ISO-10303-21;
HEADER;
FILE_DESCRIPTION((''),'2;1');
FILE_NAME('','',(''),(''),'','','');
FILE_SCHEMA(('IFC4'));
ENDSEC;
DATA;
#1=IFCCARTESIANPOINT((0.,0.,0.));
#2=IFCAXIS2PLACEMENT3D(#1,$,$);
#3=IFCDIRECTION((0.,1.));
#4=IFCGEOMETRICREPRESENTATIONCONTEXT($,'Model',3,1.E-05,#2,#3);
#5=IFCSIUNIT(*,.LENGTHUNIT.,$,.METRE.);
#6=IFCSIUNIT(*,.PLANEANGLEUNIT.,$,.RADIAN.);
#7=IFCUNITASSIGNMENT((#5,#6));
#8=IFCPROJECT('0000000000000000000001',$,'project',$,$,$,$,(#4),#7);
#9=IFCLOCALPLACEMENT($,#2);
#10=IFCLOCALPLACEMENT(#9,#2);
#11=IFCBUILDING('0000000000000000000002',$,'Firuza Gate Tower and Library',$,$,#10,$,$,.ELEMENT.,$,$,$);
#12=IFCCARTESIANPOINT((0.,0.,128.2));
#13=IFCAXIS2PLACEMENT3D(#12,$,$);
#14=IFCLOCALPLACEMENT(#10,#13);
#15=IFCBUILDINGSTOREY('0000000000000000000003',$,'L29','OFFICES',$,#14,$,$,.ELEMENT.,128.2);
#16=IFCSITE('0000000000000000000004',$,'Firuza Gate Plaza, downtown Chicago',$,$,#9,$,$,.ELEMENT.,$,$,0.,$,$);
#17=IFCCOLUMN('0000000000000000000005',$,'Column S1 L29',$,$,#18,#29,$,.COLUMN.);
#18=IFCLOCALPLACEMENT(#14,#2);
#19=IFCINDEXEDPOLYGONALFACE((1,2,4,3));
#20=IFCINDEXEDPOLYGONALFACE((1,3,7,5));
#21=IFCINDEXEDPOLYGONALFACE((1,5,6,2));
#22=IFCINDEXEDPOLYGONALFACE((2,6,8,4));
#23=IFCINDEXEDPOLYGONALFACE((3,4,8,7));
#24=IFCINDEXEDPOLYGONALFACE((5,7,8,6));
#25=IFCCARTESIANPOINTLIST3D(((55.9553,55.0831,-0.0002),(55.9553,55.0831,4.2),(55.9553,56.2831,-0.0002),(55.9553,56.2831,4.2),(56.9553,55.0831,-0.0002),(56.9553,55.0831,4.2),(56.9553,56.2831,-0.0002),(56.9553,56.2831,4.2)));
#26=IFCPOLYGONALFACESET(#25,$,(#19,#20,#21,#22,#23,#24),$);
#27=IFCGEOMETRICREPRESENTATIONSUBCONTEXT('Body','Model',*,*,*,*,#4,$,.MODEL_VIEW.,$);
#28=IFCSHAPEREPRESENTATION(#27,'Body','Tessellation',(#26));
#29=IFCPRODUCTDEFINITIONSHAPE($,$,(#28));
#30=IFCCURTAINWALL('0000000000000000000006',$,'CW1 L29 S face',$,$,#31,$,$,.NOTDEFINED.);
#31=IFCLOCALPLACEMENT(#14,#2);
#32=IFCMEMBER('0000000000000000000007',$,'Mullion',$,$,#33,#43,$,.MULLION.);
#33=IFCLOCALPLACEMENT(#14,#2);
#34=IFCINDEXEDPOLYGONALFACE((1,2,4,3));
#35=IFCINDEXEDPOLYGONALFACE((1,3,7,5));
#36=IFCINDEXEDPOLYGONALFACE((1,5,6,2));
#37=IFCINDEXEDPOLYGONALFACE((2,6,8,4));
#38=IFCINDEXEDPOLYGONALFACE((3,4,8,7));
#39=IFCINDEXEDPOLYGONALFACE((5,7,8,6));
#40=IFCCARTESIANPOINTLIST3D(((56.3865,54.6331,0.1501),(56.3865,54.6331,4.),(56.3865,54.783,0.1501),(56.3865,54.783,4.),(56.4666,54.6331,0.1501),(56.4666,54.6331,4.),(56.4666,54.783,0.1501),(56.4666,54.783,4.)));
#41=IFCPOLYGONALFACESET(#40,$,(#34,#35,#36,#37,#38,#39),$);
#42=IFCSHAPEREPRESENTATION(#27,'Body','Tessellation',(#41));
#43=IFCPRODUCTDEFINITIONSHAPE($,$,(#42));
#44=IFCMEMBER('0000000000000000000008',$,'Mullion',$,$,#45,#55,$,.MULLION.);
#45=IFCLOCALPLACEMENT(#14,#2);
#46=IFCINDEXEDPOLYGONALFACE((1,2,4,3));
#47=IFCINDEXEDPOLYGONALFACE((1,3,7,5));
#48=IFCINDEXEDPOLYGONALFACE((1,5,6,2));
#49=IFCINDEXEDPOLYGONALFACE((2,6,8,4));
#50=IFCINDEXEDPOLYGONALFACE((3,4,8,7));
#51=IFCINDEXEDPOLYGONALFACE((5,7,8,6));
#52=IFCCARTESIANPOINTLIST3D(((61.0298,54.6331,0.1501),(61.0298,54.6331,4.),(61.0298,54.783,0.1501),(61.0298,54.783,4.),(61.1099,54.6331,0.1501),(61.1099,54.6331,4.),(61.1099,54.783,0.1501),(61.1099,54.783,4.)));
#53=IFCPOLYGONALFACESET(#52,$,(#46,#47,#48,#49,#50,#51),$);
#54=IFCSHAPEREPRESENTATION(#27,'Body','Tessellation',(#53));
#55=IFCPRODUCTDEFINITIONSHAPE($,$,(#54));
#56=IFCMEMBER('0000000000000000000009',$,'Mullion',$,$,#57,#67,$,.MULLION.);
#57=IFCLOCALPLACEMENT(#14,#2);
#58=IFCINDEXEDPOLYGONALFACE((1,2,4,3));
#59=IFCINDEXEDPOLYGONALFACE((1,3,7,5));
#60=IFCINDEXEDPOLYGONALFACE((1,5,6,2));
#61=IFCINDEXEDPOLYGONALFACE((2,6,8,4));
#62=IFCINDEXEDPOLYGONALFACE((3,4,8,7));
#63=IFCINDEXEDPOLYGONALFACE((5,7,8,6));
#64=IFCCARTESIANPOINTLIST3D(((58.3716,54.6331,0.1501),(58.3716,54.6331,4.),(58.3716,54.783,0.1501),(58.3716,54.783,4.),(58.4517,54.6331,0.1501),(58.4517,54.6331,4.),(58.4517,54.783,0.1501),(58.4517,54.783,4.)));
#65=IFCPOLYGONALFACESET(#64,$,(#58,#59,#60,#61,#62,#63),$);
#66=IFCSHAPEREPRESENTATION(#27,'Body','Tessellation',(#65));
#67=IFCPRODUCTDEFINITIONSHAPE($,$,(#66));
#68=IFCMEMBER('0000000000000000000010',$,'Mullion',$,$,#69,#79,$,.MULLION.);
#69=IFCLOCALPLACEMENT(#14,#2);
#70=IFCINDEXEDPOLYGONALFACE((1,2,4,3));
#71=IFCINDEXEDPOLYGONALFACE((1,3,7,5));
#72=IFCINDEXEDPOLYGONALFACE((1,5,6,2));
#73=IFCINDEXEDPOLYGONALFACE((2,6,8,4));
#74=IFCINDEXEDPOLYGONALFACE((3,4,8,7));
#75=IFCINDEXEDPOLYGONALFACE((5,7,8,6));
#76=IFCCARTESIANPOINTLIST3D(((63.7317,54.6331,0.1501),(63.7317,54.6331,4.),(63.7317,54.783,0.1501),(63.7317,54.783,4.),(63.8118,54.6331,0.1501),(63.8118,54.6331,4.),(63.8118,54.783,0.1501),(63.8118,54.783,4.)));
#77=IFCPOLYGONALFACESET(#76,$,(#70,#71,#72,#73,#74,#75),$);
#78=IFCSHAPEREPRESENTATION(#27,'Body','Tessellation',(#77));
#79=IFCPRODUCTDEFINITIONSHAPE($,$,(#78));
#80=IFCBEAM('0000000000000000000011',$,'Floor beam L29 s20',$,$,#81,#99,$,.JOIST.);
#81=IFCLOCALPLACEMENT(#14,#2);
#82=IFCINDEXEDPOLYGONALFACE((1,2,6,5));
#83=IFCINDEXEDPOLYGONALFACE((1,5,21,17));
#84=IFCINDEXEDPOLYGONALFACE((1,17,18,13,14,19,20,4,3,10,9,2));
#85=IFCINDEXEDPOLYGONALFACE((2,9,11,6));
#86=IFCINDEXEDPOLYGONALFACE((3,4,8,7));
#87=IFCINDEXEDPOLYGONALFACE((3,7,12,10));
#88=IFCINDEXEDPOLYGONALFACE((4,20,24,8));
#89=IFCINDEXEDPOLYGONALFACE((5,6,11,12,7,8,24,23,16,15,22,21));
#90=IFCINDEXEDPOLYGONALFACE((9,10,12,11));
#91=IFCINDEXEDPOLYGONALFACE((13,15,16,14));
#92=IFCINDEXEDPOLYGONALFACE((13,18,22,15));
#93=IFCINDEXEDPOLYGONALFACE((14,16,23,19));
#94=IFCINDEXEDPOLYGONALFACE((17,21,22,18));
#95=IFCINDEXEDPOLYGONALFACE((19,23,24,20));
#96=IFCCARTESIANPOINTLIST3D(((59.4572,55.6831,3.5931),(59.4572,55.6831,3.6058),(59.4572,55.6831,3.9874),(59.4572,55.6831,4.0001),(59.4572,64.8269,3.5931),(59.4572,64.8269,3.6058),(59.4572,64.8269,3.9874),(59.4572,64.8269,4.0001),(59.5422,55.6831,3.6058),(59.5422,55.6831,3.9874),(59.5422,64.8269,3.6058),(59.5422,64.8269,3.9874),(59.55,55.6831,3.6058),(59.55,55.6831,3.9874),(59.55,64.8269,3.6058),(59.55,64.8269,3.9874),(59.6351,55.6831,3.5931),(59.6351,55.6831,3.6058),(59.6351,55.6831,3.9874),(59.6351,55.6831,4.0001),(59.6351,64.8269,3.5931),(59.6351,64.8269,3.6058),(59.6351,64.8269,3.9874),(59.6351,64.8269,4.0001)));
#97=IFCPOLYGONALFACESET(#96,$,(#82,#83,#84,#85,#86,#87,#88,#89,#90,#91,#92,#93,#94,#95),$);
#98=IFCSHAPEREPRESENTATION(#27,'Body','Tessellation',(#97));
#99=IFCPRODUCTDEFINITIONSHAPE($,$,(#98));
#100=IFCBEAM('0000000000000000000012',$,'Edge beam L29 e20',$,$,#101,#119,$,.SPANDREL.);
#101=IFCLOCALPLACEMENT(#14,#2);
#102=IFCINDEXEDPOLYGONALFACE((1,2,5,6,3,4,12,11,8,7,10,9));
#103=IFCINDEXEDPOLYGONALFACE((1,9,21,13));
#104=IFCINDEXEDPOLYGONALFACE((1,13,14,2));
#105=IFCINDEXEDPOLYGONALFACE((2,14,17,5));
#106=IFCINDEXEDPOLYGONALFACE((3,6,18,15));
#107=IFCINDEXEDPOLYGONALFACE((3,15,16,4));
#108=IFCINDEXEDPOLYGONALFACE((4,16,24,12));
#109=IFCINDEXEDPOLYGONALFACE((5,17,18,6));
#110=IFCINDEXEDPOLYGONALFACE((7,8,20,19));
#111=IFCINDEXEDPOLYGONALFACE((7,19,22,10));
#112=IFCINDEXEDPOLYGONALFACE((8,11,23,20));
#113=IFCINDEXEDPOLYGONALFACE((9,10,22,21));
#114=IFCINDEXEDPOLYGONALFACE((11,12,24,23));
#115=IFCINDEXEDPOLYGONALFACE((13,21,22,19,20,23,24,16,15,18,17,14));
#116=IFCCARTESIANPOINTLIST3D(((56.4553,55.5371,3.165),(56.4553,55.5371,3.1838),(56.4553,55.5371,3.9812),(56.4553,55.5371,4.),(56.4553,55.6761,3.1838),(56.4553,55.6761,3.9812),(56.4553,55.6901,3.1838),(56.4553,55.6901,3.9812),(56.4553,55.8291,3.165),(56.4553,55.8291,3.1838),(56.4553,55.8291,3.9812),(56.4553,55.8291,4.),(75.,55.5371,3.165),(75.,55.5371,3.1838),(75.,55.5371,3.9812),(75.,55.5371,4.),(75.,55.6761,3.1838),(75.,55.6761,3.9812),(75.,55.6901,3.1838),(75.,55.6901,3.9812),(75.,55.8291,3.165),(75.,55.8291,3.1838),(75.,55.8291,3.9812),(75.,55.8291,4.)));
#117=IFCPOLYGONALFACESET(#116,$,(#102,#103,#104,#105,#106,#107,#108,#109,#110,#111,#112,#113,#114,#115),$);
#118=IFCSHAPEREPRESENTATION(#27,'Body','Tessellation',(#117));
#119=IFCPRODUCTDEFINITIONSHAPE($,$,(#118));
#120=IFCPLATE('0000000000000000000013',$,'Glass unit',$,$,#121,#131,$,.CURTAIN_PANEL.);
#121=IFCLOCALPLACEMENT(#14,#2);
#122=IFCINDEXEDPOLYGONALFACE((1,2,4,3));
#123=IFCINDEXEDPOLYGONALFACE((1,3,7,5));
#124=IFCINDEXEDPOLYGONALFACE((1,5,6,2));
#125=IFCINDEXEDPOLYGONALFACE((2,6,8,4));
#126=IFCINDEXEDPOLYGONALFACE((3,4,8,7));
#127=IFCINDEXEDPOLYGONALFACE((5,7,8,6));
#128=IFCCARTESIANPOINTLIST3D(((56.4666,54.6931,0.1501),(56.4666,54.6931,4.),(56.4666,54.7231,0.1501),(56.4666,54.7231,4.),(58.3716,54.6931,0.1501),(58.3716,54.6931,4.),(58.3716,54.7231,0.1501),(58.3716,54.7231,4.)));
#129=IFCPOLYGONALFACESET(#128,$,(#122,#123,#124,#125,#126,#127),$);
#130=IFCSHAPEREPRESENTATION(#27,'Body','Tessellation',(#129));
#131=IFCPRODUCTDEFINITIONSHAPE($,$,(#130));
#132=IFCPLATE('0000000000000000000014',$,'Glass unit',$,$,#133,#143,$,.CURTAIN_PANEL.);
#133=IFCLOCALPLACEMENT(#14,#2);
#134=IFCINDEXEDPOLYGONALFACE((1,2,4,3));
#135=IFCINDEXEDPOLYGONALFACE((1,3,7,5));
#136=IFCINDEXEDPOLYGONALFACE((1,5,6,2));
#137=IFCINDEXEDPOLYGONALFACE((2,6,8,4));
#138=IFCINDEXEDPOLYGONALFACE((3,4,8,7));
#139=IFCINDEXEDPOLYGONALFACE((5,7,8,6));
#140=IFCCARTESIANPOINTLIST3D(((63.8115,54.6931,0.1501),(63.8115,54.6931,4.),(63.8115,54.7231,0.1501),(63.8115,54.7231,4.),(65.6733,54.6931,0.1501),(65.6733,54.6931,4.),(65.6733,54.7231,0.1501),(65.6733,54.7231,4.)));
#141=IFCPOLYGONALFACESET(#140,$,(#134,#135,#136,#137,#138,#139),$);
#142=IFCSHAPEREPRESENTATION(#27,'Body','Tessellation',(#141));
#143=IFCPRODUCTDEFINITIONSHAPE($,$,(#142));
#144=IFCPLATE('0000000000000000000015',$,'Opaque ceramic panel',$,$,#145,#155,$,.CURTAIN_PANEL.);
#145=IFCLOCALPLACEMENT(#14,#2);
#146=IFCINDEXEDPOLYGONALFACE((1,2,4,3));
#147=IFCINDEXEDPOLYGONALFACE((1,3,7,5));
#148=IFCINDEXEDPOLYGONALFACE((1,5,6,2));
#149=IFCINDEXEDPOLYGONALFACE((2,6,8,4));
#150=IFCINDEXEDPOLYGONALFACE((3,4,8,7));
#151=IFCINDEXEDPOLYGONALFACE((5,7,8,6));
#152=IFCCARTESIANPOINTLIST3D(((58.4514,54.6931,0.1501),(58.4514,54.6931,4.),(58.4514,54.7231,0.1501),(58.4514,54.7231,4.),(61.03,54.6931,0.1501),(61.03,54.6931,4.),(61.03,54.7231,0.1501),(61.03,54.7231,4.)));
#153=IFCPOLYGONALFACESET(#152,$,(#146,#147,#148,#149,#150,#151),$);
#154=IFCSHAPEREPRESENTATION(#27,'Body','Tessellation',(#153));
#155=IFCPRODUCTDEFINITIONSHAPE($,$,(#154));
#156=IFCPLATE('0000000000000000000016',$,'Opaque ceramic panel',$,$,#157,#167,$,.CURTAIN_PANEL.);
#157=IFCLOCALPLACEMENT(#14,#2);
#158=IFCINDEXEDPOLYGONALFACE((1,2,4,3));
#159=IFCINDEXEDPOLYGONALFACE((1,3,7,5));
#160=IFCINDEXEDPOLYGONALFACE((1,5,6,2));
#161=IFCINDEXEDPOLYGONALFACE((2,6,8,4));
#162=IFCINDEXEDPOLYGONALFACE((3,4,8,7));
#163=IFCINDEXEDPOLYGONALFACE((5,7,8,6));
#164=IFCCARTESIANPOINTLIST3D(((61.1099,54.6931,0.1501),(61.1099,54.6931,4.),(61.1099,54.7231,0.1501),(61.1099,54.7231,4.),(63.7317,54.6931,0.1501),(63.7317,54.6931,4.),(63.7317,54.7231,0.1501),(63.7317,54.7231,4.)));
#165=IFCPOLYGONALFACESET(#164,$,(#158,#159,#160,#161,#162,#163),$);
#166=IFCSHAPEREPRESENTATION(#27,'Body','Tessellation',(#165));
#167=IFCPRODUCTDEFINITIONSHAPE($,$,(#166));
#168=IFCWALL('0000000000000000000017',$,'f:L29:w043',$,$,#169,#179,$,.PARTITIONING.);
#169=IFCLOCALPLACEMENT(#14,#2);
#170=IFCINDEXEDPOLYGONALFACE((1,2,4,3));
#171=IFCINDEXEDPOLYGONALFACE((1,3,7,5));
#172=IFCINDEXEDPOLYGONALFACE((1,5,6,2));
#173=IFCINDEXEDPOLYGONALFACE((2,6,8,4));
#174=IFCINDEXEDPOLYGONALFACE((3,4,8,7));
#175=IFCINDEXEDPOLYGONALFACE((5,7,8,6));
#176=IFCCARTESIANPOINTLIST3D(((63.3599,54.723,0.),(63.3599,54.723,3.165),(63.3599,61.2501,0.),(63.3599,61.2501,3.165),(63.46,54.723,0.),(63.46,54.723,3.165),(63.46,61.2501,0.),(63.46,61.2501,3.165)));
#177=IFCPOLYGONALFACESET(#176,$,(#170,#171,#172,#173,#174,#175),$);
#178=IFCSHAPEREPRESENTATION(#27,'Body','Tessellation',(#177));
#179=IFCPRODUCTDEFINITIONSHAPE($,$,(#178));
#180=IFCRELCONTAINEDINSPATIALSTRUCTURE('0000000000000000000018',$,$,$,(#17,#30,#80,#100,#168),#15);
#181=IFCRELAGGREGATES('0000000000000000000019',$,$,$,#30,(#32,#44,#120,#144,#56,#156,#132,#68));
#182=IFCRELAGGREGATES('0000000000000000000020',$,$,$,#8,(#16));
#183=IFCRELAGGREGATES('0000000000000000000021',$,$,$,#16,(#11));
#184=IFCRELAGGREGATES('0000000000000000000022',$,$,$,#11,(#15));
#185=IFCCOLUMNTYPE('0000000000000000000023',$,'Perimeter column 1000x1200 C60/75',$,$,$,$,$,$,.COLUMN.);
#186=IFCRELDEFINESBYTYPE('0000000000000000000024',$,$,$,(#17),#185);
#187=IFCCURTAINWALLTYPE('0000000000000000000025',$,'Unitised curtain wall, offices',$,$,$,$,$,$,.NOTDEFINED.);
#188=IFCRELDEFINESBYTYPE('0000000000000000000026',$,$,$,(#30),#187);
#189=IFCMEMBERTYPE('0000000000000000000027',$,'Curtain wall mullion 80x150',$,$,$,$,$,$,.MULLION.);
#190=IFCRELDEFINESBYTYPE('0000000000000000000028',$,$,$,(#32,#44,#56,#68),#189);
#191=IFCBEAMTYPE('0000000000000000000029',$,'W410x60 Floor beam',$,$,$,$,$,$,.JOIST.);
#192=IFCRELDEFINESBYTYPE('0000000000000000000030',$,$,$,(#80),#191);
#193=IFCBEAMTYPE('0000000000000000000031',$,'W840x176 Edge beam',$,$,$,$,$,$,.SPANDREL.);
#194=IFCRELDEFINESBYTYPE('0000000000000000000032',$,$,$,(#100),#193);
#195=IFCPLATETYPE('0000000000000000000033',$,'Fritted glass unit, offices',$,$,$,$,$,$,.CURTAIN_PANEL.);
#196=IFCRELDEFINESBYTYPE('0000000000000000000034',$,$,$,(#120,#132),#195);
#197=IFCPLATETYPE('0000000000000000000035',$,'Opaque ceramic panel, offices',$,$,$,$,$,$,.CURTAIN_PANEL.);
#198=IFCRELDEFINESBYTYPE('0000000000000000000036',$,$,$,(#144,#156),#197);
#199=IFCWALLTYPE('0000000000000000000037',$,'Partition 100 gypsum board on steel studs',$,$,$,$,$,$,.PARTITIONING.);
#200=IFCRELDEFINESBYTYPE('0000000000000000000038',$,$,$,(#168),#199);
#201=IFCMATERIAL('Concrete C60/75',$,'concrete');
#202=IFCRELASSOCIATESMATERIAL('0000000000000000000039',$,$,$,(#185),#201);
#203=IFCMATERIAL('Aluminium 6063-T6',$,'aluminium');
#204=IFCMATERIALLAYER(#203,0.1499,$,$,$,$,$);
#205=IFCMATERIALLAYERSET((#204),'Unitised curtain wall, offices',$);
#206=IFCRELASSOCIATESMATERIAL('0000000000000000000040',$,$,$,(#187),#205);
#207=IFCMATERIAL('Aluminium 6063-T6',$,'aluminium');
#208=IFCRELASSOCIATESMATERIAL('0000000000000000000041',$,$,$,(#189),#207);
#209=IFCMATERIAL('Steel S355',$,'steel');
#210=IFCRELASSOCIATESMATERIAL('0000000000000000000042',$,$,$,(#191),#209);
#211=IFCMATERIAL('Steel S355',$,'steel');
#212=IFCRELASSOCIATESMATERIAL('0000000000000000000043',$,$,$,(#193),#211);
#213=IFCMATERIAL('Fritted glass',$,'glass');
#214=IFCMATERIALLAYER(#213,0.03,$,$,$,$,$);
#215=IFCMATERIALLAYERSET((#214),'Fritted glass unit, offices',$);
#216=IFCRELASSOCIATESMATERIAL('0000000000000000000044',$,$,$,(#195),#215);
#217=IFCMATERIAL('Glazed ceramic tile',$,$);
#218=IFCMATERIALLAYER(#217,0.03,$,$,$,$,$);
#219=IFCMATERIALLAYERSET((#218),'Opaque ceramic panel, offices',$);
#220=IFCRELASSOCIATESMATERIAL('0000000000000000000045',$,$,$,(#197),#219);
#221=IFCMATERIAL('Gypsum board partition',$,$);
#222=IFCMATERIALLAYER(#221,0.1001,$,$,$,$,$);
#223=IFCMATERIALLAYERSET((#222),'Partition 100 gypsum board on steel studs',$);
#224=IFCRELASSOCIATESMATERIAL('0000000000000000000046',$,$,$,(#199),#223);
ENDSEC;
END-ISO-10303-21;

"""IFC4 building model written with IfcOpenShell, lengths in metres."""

from ifc_helpers import new_model, si_unit, direction, frame, frame_2d, origin, origin_2d, place, context, subcontext, project, spatial, polyline, rectangle, i_section, outline, extrude, material, layer, layer_set, material_profile, profile_set, type_object, element, aggregate, save


model = new_model("IFC4")

# Units and contexts
model_context = context("Model", 3, precision=1e-05, world=origin(), true_north=direction((0.0, 1.0)))
body_context = subcontext(model_context, "Body", "Model", "MODEL_VIEW")
ifc_project = project(units=[si_unit("LENGTHUNIT", "METRE"), si_unit("PLANEANGLEUNIT", "RADIAN")], contexts=[model_context])

# Site, building, storey
site_placement = place(None, origin())
site = spatial("IfcSite", under=ifc_project, at=site_placement, Name="Firuza Gate Plaza, downtown Chicago", CompositionType="ELEMENT", RefElevation=0.0)
building_placement = place(site_placement, origin())
building = spatial("IfcBuilding", under=site, at=building_placement, Name="Firuza Gate Tower and Library", CompositionType="ELEMENT")
storey_placement = place(building_placement, frame((0.0, 0.0, 128.2)))
storey = spatial("IfcBuildingStorey", under=building, at=storey_placement, Name="L29", Description="OFFICES", CompositionType="ELEMENT", Elevation=128.2)

# Column
ifc_material_1 = material(Name="Concrete C60/75", Category="concrete")
ifc_material_profile_1 = material_profile(ifc_material_1, rectangle(XDim=1.0, YDim=1.2, at=origin_2d()))
ifc_profile_set_1 = profile_set([ifc_material_profile_1], Name="Concrete C60/75")
column_type = type_object("IfcColumnType", Name="Perimeter column 1000x1200 C60/75", PredefinedType="COLUMN", material=ifc_profile_set_1)
column_placement = place(storey_placement, frame((56.4553, 55.6831, -0.0002), z_axis=(0.0, 0.0, 1.0), x_axis=(1.0, 0.0, 0.0)))
element("IfcColumn", 1, at=column_placement, inside=storey, type_object=column_type, Name="Column S1 L29", PredefinedType="COLUMN", context=body_context, shape_type="SweptSolid", body=[
    extrude(rectangle(XDim=1.0, YDim=1.2, at=origin_2d()), origin(), (0.0, 0.0, 1.0), 4.2002),
])

# Curtain wall, members
ifc_material_2 = material(Name="Aluminium 6063-T6", Category="aluminium")
ifc_layer_1 = layer(ifc_material_2, 0.1499)
ifc_layer_set_1 = layer_set([ifc_layer_1], Name="Unitised curtain wall, offices")
curtain_wall_type = type_object("IfcCurtainWallType", Name="Unitised curtain wall, offices", PredefinedType="NOTDEFINED", material=ifc_layer_set_1)
curtain_wall_placement = place(storey_placement, origin())
curtain_wall = element("IfcCurtainWall", 2, at=curtain_wall_placement, inside=storey, type_object=curtain_wall_type, Name="CW1 L29 S face", PredefinedType="NOTDEFINED")
ifc_material_3 = material(Name="Aluminium 6063-T6", Category="aluminium")
ifc_material_profile_2 = material_profile(ifc_material_3, rectangle(XDim=0.1499, YDim=0.0801, at=origin_2d()))
ifc_profile_set_2 = profile_set([ifc_material_profile_2], Name="Aluminium 6063-T6")
member_type = type_object("IfcMemberType", Name="Curtain wall mullion 80x150", PredefinedType="MULLION", material=ifc_profile_set_2)
member_1_placement = place(storey_placement, frame((56.4265, 54.708, 0.1501), z_axis=(0.0, 0.0, 1.0), x_axis=(0.0, 1.0, 0.0)))
member_1 = element("IfcMember", 3, at=member_1_placement, type_object=member_type, Name="Mullion", PredefinedType="MULLION", context=body_context, shape_type="SweptSolid", body=[
    extrude(rectangle(XDim=0.1499, YDim=0.0801, at=origin_2d()), origin(), (0.0, 0.0, 1.0), 3.8499),
])
member_2_placement = place(storey_placement, frame((61.0698, 54.708, 0.1501), z_axis=(0.0, 0.0, 1.0), x_axis=(0.0, 1.0, 0.0)))
member_2 = element("IfcMember", 4, at=member_2_placement, type_object=member_type, Name="Mullion", PredefinedType="MULLION", context=body_context, shape_type="SweptSolid", body=[
    extrude(rectangle(XDim=0.1499, YDim=0.0801, at=origin_2d()), origin(), (0.0, 0.0, 1.0), 3.8499),
])
member_3_placement = place(storey_placement, frame((58.4116, 54.708, 0.1501), z_axis=(0.0, 0.0, 1.0), x_axis=(0.0, 1.0, 0.0)))
member_3 = element("IfcMember", 5, at=member_3_placement, type_object=member_type, Name="Mullion", PredefinedType="MULLION", context=body_context, shape_type="SweptSolid", body=[
    extrude(rectangle(XDim=0.1499, YDim=0.0801, at=origin_2d()), origin(), (0.0, 0.0, 1.0), 3.8499),
])
member_4_placement = place(storey_placement, frame((63.7717, 54.708, 0.1501), z_axis=(0.0, 0.0, 1.0), x_axis=(0.0, 1.0, 0.0)))
member_4 = element("IfcMember", 6, at=member_4_placement, type_object=member_type, Name="Mullion", PredefinedType="MULLION", context=body_context, shape_type="SweptSolid", body=[
    extrude(rectangle(XDim=0.1499, YDim=0.0801, at=origin_2d()), origin(), (0.0, 0.0, 1.0), 3.8499),
])

# Beams
ifc_material_4 = material(Name="Steel S355", Category="steel")
ifc_material_profile_3 = material_profile(ifc_material_4, i_section(OverallWidth=0.178, OverallDepth=0.407, WebThickness=0.0078, FlangeThickness=0.0127, at=origin_2d()))
ifc_profile_set_3 = profile_set([ifc_material_profile_3], Name="Steel S355")
beam_type_1 = type_object("IfcBeamType", Name="W410x60 Floor beam", PredefinedType="JOIST", material=ifc_profile_set_3)
beam_1_placement = place(storey_placement, frame((59.5461, 55.6831, 3.7966), z_axis=(0.0, 1.0, 0.0), x_axis=(-1.0, 0.0, 0.0)))
element("IfcBeam", 7, at=beam_1_placement, inside=storey, type_object=beam_type_1, Name="Floor beam L29 s20", PredefinedType="JOIST", context=body_context, shape_type="SweptSolid", body=[
    extrude(i_section(OverallWidth=0.178, OverallDepth=0.407, WebThickness=0.0078, FlangeThickness=0.0127, at=origin_2d()), origin(), (0.0, 0.0, 1.0), 9.1438),
])
ifc_material_5 = material(Name="Steel S355", Category="steel")
ifc_material_profile_4 = material_profile(ifc_material_5, i_section(OverallWidth=0.292, OverallDepth=0.835, WebThickness=0.0139, FlangeThickness=0.0188, at=origin_2d()))
ifc_profile_set_4 = profile_set([ifc_material_profile_4], Name="Steel S355")
beam_type_2 = type_object("IfcBeamType", Name="W840x176 Edge beam", PredefinedType="SPANDREL", material=ifc_profile_set_4)
beam_2_placement = place(storey_placement, frame((56.4553, 55.6831, 3.5825), z_axis=(1.0, 0.0, 0.0), x_axis=(0.0, 1.0, 0.0)))
element("IfcBeam", 8, at=beam_2_placement, inside=storey, type_object=beam_type_2, Name="Edge beam L29 e20", PredefinedType="SPANDREL", context=body_context, shape_type="SweptSolid", body=[
    extrude(i_section(OverallWidth=0.292, OverallDepth=0.835, WebThickness=0.0139, FlangeThickness=0.0188, at=origin_2d()), origin(), (0.0, 0.0, 1.0), 18.5447),
])

# Plates
ifc_material_6 = material(Name="Fritted glass", Category="glass")
ifc_layer_2 = layer(ifc_material_6, 0.03)
ifc_layer_set_2 = layer_set([ifc_layer_2], Name="Fritted glass unit, offices")
plate_type_1 = type_object("IfcPlateType", Name="Fritted glass unit, offices", PredefinedType="CURTAIN_PANEL", material=ifc_layer_set_2)
plate_1_placement = place(storey_placement, frame((56.4666, 54.6931, 0.1501), z_axis=(0.0, -1.0, 0.0), x_axis=(1.0, 0.0, 0.0)))
plate_1 = element("IfcPlate", 9, at=plate_1_placement, type_object=plate_type_1, Name="Glass unit", PredefinedType="CURTAIN_PANEL", context=body_context, shape_type="SweptSolid", body=[
    extrude(outline(polyline([(0.0, 0.0), (1.905, 0.0), (1.905, 3.8499), (0.0, 3.8499), (0.0, 0.0)])), origin(), (0.0, 0.0, -1.0), 0.03),
])
plate_2_placement = place(storey_placement, frame((63.8115, 54.6931, 0.1501), z_axis=(0.0, -1.0, 0.0), x_axis=(1.0, 0.0, 0.0)))
plate_2 = element("IfcPlate", 10, at=plate_2_placement, type_object=plate_type_1, Name="Glass unit", PredefinedType="CURTAIN_PANEL", context=body_context, shape_type="SweptSolid", body=[
    extrude(outline(polyline([(0.0, 0.0), (1.8618, 0.0), (1.8618, 3.8499), (0.0, 3.8499), (0.0, 0.0)])), origin(), (0.0, 0.0, -1.0), 0.03),
])
ifc_material_7 = material(Name="Glazed ceramic tile")
ifc_layer_3 = layer(ifc_material_7, 0.03)
ifc_layer_set_3 = layer_set([ifc_layer_3], Name="Opaque ceramic panel, offices")
plate_type_2 = type_object("IfcPlateType", Name="Opaque ceramic panel, offices", PredefinedType="CURTAIN_PANEL", material=ifc_layer_set_3)
plate_3_placement = place(storey_placement, frame((58.4514, 54.6931, 0.1501), z_axis=(0.0, -1.0, 0.0), x_axis=(1.0, 0.0, 0.0)))
plate_3 = element("IfcPlate", 11, at=plate_3_placement, type_object=plate_type_2, Name="Opaque ceramic panel", PredefinedType="CURTAIN_PANEL", context=body_context, shape_type="SweptSolid", body=[
    extrude(outline(polyline([(0.0, 0.0), (2.5786, 0.0), (2.5786, 3.8499), (0.0, 3.8499), (0.0, 0.0)])), origin(), (0.0, 0.0, -1.0), 0.03),
])
plate_4_placement = place(storey_placement, frame((61.1099, 54.6931, 0.1501), z_axis=(0.0, -1.0, 0.0), x_axis=(1.0, 0.0, 0.0)))
plate_4 = element("IfcPlate", 12, at=plate_4_placement, type_object=plate_type_2, Name="Opaque ceramic panel", PredefinedType="CURTAIN_PANEL", context=body_context, shape_type="SweptSolid", body=[
    extrude(outline(polyline([(0.0, 0.0), (2.6218, 0.0), (2.6218, 3.8499), (0.0, 3.8499), (0.0, 0.0)])), origin(), (0.0, 0.0, -1.0), 0.03),
])
aggregate(curtain_wall, [member_1, member_2, plate_1, plate_3, member_3, plate_4, plate_2, member_4])

# Wall
ifc_material_8 = material(Name="Gypsum board partition")
ifc_layer_4 = layer(ifc_material_8, 0.1001)
ifc_layer_set_4 = layer_set([ifc_layer_4], Name="Partition 100 gypsum board on steel studs")
wall_type = type_object("IfcWallType", Name="Partition 100 gypsum board on steel studs", PredefinedType="PARTITIONING", material=ifc_layer_set_4)
wall_placement = place(storey_placement, frame((63.4099, 54.7229, 0.0), z_axis=(0.0, 0.0, 1.0), x_axis=(0.0, 1.0, 0.0)))
element("IfcWall", 13, at=wall_placement, inside=storey, type_object=wall_type, Name="f:L29:w043", PredefinedType="PARTITIONING", context=body_context, shape_type="SweptSolid", body=[
    extrude(rectangle(XDim=6.5271, YDim=0.1001, at=frame_2d((3.2637, 0.0))), origin(), (0.0, 0.0, 1.0), 3.165),
])

save(model, "model.ifc")
